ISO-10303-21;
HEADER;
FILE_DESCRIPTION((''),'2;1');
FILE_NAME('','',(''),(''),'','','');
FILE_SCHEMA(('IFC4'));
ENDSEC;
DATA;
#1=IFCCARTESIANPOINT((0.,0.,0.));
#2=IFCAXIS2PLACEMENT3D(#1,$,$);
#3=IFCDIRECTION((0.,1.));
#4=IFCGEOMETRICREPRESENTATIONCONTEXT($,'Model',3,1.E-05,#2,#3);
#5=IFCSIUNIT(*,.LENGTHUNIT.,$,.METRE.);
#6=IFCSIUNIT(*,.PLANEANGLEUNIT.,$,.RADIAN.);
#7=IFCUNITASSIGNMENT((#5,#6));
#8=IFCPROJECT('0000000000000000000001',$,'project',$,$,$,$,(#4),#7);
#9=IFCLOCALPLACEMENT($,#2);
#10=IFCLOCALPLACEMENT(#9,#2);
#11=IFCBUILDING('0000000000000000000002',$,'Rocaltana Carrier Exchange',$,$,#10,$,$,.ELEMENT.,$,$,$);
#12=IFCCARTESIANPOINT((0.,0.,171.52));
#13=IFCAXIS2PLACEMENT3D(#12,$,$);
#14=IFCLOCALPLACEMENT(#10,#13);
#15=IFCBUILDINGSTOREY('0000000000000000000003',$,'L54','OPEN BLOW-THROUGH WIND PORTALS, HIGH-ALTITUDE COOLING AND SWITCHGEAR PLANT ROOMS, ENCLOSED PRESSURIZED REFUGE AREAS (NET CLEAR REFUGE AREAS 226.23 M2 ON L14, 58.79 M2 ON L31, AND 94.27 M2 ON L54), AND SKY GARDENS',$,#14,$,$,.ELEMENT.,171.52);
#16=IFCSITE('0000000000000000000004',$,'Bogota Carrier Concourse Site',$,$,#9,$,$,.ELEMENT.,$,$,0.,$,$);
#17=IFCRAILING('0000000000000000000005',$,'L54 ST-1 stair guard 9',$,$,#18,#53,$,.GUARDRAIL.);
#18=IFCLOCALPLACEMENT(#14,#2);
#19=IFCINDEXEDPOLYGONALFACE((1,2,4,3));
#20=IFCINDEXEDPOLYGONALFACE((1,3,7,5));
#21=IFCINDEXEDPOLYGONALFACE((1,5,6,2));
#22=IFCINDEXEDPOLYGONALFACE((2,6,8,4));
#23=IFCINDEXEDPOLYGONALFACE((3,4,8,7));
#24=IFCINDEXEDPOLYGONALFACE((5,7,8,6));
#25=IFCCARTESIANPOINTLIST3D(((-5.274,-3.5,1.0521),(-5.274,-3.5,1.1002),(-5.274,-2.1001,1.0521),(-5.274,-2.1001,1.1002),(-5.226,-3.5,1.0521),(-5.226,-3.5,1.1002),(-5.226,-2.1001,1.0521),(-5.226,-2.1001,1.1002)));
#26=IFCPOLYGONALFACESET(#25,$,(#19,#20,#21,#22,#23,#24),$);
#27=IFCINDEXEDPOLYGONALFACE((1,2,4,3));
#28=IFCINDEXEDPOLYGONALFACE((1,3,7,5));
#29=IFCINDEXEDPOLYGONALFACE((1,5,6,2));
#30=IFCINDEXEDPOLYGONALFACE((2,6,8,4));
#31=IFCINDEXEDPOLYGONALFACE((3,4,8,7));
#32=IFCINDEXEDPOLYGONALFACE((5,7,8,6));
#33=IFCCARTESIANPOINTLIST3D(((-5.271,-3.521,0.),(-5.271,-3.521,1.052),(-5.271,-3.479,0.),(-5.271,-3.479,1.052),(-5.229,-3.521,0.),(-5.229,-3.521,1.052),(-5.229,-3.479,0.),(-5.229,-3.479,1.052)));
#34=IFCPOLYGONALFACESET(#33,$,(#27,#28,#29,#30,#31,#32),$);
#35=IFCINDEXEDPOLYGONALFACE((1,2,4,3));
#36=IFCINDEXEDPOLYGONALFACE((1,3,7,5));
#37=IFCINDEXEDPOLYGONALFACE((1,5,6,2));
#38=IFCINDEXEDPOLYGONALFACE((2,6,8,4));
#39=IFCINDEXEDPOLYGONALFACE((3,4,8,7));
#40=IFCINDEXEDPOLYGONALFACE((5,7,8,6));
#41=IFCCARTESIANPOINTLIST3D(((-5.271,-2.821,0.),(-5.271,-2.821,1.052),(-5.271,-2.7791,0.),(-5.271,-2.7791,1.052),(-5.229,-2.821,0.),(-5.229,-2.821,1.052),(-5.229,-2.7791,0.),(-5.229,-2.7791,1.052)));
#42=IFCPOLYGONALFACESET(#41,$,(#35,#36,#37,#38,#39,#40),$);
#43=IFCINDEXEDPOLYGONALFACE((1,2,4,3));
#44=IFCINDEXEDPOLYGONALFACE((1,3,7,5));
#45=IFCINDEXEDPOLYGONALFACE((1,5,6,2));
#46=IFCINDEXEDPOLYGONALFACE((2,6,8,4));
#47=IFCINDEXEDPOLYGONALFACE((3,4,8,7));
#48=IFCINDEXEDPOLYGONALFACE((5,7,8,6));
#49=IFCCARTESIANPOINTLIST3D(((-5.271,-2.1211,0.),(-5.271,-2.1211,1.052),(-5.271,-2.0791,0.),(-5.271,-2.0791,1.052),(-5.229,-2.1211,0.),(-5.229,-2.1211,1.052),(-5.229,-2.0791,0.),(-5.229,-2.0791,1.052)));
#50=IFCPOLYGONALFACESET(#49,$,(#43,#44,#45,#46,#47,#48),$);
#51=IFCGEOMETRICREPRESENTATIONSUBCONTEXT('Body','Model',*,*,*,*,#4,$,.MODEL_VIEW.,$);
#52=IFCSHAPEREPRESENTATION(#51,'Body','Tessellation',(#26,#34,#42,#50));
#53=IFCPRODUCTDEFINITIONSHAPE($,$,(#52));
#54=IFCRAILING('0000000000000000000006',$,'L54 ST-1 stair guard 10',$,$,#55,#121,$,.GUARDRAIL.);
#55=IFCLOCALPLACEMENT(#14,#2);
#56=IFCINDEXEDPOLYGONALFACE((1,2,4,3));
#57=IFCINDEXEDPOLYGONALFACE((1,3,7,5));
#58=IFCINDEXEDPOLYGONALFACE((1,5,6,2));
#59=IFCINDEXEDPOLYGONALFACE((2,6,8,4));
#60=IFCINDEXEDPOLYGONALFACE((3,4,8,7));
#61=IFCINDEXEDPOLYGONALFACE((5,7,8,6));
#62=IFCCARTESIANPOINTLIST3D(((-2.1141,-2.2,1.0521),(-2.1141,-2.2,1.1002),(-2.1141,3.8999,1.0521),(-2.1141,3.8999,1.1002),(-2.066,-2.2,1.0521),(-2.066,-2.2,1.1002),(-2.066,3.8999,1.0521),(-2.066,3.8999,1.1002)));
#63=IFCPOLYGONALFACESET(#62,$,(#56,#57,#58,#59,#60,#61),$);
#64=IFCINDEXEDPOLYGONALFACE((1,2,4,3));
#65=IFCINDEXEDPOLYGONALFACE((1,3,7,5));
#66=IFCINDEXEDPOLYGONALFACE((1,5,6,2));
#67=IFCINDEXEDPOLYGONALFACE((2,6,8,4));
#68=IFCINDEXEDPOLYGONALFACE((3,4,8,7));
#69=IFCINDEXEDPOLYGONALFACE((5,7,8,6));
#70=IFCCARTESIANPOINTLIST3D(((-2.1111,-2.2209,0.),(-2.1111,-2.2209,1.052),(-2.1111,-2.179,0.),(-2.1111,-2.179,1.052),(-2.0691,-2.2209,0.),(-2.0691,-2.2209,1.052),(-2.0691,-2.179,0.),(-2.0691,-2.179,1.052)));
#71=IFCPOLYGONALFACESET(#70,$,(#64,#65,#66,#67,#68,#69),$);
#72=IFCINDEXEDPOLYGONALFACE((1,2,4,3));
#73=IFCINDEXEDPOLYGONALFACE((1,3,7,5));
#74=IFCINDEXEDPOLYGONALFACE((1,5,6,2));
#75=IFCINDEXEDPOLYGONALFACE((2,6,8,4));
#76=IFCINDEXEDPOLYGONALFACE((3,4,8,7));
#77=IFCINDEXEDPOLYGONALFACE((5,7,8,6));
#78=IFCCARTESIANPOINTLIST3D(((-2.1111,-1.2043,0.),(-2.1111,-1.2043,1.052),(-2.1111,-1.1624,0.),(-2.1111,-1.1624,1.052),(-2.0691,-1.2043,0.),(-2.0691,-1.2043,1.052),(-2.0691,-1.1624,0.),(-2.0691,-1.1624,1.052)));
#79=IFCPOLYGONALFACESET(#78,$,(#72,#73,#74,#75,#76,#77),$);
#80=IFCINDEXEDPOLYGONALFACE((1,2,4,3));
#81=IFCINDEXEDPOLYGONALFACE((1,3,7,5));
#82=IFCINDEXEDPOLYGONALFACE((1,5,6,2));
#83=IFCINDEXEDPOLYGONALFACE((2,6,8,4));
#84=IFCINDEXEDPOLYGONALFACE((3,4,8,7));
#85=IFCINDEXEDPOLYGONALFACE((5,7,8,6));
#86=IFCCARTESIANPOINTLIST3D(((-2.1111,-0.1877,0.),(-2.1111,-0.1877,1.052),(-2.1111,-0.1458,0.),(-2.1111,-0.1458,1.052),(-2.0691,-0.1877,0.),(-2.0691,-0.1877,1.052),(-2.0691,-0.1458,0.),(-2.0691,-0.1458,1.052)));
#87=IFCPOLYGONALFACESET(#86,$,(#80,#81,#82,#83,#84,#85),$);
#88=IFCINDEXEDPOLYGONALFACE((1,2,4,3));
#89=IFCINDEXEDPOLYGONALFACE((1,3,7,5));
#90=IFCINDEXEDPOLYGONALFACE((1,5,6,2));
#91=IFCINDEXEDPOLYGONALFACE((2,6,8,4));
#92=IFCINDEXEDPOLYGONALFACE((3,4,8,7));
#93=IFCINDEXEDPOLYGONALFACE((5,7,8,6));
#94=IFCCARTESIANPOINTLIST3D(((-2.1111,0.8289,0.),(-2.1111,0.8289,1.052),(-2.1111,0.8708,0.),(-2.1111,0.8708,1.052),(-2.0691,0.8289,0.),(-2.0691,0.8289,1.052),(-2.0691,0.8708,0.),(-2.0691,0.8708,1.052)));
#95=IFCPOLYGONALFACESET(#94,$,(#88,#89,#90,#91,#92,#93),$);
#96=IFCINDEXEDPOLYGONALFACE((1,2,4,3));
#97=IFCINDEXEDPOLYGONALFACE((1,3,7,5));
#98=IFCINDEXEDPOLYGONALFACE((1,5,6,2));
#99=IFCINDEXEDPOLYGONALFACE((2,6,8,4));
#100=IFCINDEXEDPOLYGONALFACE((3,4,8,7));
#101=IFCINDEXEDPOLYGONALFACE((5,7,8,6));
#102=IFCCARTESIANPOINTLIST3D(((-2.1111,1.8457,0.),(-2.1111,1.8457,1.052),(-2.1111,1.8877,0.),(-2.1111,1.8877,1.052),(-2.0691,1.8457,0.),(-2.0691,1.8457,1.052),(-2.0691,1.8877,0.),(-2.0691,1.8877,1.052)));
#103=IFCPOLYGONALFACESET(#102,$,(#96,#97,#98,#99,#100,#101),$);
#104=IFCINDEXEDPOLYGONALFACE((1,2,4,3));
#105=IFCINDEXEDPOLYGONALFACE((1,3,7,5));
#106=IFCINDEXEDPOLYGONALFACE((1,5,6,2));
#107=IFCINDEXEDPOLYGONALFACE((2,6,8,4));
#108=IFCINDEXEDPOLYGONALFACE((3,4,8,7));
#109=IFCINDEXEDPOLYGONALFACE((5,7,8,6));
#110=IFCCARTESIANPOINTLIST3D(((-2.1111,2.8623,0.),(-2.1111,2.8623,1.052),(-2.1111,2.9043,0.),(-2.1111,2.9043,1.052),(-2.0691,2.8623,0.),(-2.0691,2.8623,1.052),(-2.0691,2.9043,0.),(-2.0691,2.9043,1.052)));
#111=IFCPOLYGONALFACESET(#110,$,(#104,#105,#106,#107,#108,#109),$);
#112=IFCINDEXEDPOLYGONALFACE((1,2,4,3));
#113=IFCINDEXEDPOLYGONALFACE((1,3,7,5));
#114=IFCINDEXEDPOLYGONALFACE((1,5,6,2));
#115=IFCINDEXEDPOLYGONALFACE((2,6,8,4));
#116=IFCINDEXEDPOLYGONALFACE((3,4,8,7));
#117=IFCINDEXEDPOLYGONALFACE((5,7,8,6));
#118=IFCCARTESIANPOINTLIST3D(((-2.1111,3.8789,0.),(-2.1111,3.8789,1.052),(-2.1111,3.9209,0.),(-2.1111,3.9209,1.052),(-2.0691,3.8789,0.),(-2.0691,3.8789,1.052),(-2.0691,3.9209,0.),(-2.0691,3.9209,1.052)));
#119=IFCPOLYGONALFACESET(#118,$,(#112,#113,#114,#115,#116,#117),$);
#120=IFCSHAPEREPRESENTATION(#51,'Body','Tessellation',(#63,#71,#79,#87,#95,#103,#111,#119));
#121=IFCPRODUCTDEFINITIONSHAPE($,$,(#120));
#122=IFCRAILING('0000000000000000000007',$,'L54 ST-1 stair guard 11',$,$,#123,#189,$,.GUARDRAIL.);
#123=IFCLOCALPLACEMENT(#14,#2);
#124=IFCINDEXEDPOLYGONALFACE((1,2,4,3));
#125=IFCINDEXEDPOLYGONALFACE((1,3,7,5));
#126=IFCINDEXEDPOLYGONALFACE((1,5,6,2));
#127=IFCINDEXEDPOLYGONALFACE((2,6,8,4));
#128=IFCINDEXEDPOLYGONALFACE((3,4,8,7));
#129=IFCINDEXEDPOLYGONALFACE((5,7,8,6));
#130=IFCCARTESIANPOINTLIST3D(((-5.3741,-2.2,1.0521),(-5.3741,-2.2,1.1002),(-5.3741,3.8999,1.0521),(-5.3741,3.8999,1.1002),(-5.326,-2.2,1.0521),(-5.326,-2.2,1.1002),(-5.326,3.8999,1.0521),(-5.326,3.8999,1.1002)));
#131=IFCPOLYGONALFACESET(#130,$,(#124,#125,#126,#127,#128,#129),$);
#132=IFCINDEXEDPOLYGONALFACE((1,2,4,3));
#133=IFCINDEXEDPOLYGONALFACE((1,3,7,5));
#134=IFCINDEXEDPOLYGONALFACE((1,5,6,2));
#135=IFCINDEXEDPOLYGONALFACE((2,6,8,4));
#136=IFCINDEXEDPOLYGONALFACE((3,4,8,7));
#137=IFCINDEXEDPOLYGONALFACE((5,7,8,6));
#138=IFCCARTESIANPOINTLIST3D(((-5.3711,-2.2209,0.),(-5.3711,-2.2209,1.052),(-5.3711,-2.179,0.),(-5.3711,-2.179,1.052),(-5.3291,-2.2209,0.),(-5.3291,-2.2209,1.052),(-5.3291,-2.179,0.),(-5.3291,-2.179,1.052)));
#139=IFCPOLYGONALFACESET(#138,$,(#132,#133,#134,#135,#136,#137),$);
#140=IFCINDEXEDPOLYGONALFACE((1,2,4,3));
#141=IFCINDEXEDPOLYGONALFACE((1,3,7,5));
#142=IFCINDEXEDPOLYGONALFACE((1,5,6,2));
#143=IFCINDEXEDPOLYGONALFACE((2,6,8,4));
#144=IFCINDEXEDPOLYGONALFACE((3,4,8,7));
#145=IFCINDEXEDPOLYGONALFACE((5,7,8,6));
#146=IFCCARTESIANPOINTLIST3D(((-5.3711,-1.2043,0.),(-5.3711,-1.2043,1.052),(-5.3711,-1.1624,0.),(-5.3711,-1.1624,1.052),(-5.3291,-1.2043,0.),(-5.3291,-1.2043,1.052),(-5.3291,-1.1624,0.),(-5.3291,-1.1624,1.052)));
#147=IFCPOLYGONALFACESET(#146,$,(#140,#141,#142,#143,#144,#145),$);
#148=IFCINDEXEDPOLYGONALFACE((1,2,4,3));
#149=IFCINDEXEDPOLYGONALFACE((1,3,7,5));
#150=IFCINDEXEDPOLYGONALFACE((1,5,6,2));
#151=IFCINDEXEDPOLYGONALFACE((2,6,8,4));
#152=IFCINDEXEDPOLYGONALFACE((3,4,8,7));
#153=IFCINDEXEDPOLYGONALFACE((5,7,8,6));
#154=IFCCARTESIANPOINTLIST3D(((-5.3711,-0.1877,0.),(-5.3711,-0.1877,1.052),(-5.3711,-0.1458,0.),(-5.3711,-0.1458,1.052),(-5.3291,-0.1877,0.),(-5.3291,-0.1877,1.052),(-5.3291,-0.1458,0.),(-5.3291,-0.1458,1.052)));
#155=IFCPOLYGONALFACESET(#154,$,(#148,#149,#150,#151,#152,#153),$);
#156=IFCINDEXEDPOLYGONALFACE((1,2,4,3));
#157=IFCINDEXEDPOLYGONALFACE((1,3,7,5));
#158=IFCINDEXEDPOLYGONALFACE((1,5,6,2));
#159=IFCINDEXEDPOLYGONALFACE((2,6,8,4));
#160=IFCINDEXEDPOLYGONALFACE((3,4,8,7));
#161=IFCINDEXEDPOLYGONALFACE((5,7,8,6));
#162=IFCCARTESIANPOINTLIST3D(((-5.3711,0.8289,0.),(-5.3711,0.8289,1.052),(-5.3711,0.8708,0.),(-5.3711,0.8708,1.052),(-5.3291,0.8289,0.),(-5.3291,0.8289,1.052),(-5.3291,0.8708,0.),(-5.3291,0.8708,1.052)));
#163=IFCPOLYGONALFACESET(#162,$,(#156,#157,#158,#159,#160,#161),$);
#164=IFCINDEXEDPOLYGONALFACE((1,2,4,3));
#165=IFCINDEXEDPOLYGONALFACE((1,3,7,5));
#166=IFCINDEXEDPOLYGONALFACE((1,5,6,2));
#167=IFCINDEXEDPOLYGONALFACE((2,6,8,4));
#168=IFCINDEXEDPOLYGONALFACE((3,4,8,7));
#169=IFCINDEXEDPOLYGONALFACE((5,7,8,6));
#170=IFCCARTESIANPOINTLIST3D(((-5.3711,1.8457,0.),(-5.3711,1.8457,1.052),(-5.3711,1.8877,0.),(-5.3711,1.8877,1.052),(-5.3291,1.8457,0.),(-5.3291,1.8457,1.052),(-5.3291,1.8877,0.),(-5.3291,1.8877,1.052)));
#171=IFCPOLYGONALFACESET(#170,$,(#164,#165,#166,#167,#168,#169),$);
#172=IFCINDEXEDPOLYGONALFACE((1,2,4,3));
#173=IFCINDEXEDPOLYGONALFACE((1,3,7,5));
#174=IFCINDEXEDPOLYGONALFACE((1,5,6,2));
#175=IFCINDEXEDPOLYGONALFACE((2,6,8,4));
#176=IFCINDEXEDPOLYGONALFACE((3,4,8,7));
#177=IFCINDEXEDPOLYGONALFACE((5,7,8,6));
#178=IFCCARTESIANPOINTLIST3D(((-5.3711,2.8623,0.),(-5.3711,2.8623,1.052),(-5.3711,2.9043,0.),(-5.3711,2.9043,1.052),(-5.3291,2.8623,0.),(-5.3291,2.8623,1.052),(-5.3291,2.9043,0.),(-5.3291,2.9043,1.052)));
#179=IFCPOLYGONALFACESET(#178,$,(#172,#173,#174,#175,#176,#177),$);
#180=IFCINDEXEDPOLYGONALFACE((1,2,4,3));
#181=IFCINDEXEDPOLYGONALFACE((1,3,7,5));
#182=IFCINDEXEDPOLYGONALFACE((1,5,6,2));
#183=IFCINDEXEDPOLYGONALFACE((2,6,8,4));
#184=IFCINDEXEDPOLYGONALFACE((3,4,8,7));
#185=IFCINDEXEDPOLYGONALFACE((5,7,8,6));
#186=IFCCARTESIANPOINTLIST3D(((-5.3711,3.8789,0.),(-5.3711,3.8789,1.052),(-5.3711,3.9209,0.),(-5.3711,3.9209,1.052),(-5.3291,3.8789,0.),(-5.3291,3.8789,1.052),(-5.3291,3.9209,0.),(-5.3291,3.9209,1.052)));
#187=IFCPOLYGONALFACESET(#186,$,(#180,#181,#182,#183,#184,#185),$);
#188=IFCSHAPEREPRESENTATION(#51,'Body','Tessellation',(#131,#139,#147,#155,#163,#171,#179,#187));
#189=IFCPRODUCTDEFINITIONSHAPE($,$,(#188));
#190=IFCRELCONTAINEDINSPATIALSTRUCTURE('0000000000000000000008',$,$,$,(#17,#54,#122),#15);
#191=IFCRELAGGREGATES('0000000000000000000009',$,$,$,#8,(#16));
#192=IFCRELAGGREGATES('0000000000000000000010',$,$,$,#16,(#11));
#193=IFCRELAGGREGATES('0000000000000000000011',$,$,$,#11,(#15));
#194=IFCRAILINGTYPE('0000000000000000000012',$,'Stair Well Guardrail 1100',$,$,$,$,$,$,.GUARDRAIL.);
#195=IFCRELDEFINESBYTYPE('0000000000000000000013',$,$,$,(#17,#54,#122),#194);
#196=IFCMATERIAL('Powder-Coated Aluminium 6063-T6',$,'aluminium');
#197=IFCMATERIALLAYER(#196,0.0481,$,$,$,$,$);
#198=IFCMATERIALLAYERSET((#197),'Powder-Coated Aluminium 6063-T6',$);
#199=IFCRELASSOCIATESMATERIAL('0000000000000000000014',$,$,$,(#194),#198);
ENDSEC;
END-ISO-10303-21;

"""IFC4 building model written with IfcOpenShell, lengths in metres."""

from ifc_helpers import new_model, si_unit, direction, frame, origin, origin_2d, place, context, subcontext, project, spatial, rectangle, extrude, material, layer, layer_set, type_object, element, save


model = new_model("IFC4")

# Units and contexts
model_context = context("Model", 3, precision=1e-05, world=origin(), true_north=direction((0.0, 1.0)))
body_context = subcontext(model_context, "Body", "Model", "MODEL_VIEW")
ifc_project = project(units=[si_unit("LENGTHUNIT", "METRE"), si_unit("PLANEANGLEUNIT", "RADIAN")], contexts=[model_context])

# Site, building, storey
site_placement = place(None, origin())
site = spatial("IfcSite", under=ifc_project, at=site_placement, Name="Bogota Carrier Concourse Site", CompositionType="ELEMENT", RefElevation=0.0)
building_placement = place(site_placement, origin())
building = spatial("IfcBuilding", under=site, at=building_placement, Name="Rocaltana Carrier Exchange", CompositionType="ELEMENT")
storey_placement = place(building_placement, frame((0.0, 0.0, 171.52)))
storey = spatial("IfcBuildingStorey", under=building, at=storey_placement, Name="L54", Description="OPEN BLOW-THROUGH WIND PORTALS, HIGH-ALTITUDE COOLING AND SWITCHGEAR PLANT ROOMS, ENCLOSED PRESSURIZED REFUGE AREAS (NET CLEAR REFUGE AREAS 226.23 M2 ON L14, 58.79 M2 ON L31, AND 94.27 M2 ON L54), AND SKY GARDENS", CompositionType="ELEMENT", Elevation=171.52)

# Railings
ifc_material_1 = material(Name="Powder-Coated Aluminium 6063-T6", Category="aluminium")
ifc_layer_1 = layer(ifc_material_1, 0.0481)
ifc_layer_set_1 = layer_set([ifc_layer_1], Name="Powder-Coated Aluminium 6063-T6")
railing_type = type_object("IfcRailingType", Name="Stair Well Guardrail 1100", PredefinedType="GUARDRAIL", material=ifc_layer_set_1)
for number, where, name in (
    (1, (-5.25, -3.5, 0.0), "L54 ST-1 stair guard 9"),
):
    element("IfcRailing", number, at=place(storey_placement, frame(where)), inside=storey, type_object=railing_type, Name=name, PredefinedType="GUARDRAIL", context=body_context, shape_type="SweptSolid", body=[
        extrude(rectangle(XDim=0.0481, YDim=0.0481, at=origin_2d()), frame((0.0, 0.0, 1.0762), z_axis=(0.0, 1.0, 0.0), x_axis=(-1.0, 0.0, 0.0)), (0.0, 0.0, 1.0), 1.3999),
        extrude(rectangle(XDim=0.042, YDim=0.042, at=origin_2d()), origin(), (0.0, 0.0, 1.0), 1.052),
        extrude(rectangle(XDim=0.042, YDim=0.042, at=origin_2d()), frame((0.0, 0.7, 0.0)), (0.0, 0.0, 1.0), 1.052),
        extrude(rectangle(XDim=0.042, YDim=0.042, at=origin_2d()), frame((0.0, 1.3999, 0.0)), (0.0, 0.0, 1.0), 1.052),
    ])
for number, where, name in (
    (2, (-2.0901, -2.2, 0.0), "L54 ST-1 stair guard 10"),
    (3, (-5.3501, -2.2, 0.0), "L54 ST-1 stair guard 11"),
):
    element("IfcRailing", number, at=place(storey_placement, frame(where)), inside=storey, type_object=railing_type, Name=name, PredefinedType="GUARDRAIL", context=body_context, shape_type="SweptSolid", body=[
        extrude(rectangle(XDim=0.0481, YDim=0.0481, at=origin_2d()), frame((0.0, 0.0, 1.0762), z_axis=(0.0, 1.0, 0.0), x_axis=(-1.0, 0.0, 0.0)), (0.0, 0.0, 1.0), 6.0999),
        extrude(rectangle(XDim=0.042, YDim=0.042, at=origin_2d()), origin(), (0.0, 0.0, 1.0), 1.052),
        extrude(rectangle(XDim=0.042, YDim=0.042, at=origin_2d()), frame((0.0, 1.0166, 0.0)), (0.0, 0.0, 1.0), 1.052),
        extrude(rectangle(XDim=0.042, YDim=0.042, at=origin_2d()), frame((0.0, 2.0332, 0.0)), (0.0, 0.0, 1.0), 1.052),
        extrude(rectangle(XDim=0.042, YDim=0.042, at=origin_2d()), frame((0.0, 3.0498, 0.0)), (0.0, 0.0, 1.0), 1.052),
        extrude(rectangle(XDim=0.042, YDim=0.042, at=origin_2d()), frame((0.0, 4.0667, 0.0)), (0.0, 0.0, 1.0), 1.052),
        extrude(rectangle(XDim=0.042, YDim=0.042, at=origin_2d()), frame((0.0, 5.0833, 0.0)), (0.0, 0.0, 1.0), 1.052),
        extrude(rectangle(XDim=0.042, YDim=0.042, at=origin_2d()), frame((0.0, 6.0999, 0.0)), (0.0, 0.0, 1.0), 1.052),
    ])

save(model, "model.ifc")
